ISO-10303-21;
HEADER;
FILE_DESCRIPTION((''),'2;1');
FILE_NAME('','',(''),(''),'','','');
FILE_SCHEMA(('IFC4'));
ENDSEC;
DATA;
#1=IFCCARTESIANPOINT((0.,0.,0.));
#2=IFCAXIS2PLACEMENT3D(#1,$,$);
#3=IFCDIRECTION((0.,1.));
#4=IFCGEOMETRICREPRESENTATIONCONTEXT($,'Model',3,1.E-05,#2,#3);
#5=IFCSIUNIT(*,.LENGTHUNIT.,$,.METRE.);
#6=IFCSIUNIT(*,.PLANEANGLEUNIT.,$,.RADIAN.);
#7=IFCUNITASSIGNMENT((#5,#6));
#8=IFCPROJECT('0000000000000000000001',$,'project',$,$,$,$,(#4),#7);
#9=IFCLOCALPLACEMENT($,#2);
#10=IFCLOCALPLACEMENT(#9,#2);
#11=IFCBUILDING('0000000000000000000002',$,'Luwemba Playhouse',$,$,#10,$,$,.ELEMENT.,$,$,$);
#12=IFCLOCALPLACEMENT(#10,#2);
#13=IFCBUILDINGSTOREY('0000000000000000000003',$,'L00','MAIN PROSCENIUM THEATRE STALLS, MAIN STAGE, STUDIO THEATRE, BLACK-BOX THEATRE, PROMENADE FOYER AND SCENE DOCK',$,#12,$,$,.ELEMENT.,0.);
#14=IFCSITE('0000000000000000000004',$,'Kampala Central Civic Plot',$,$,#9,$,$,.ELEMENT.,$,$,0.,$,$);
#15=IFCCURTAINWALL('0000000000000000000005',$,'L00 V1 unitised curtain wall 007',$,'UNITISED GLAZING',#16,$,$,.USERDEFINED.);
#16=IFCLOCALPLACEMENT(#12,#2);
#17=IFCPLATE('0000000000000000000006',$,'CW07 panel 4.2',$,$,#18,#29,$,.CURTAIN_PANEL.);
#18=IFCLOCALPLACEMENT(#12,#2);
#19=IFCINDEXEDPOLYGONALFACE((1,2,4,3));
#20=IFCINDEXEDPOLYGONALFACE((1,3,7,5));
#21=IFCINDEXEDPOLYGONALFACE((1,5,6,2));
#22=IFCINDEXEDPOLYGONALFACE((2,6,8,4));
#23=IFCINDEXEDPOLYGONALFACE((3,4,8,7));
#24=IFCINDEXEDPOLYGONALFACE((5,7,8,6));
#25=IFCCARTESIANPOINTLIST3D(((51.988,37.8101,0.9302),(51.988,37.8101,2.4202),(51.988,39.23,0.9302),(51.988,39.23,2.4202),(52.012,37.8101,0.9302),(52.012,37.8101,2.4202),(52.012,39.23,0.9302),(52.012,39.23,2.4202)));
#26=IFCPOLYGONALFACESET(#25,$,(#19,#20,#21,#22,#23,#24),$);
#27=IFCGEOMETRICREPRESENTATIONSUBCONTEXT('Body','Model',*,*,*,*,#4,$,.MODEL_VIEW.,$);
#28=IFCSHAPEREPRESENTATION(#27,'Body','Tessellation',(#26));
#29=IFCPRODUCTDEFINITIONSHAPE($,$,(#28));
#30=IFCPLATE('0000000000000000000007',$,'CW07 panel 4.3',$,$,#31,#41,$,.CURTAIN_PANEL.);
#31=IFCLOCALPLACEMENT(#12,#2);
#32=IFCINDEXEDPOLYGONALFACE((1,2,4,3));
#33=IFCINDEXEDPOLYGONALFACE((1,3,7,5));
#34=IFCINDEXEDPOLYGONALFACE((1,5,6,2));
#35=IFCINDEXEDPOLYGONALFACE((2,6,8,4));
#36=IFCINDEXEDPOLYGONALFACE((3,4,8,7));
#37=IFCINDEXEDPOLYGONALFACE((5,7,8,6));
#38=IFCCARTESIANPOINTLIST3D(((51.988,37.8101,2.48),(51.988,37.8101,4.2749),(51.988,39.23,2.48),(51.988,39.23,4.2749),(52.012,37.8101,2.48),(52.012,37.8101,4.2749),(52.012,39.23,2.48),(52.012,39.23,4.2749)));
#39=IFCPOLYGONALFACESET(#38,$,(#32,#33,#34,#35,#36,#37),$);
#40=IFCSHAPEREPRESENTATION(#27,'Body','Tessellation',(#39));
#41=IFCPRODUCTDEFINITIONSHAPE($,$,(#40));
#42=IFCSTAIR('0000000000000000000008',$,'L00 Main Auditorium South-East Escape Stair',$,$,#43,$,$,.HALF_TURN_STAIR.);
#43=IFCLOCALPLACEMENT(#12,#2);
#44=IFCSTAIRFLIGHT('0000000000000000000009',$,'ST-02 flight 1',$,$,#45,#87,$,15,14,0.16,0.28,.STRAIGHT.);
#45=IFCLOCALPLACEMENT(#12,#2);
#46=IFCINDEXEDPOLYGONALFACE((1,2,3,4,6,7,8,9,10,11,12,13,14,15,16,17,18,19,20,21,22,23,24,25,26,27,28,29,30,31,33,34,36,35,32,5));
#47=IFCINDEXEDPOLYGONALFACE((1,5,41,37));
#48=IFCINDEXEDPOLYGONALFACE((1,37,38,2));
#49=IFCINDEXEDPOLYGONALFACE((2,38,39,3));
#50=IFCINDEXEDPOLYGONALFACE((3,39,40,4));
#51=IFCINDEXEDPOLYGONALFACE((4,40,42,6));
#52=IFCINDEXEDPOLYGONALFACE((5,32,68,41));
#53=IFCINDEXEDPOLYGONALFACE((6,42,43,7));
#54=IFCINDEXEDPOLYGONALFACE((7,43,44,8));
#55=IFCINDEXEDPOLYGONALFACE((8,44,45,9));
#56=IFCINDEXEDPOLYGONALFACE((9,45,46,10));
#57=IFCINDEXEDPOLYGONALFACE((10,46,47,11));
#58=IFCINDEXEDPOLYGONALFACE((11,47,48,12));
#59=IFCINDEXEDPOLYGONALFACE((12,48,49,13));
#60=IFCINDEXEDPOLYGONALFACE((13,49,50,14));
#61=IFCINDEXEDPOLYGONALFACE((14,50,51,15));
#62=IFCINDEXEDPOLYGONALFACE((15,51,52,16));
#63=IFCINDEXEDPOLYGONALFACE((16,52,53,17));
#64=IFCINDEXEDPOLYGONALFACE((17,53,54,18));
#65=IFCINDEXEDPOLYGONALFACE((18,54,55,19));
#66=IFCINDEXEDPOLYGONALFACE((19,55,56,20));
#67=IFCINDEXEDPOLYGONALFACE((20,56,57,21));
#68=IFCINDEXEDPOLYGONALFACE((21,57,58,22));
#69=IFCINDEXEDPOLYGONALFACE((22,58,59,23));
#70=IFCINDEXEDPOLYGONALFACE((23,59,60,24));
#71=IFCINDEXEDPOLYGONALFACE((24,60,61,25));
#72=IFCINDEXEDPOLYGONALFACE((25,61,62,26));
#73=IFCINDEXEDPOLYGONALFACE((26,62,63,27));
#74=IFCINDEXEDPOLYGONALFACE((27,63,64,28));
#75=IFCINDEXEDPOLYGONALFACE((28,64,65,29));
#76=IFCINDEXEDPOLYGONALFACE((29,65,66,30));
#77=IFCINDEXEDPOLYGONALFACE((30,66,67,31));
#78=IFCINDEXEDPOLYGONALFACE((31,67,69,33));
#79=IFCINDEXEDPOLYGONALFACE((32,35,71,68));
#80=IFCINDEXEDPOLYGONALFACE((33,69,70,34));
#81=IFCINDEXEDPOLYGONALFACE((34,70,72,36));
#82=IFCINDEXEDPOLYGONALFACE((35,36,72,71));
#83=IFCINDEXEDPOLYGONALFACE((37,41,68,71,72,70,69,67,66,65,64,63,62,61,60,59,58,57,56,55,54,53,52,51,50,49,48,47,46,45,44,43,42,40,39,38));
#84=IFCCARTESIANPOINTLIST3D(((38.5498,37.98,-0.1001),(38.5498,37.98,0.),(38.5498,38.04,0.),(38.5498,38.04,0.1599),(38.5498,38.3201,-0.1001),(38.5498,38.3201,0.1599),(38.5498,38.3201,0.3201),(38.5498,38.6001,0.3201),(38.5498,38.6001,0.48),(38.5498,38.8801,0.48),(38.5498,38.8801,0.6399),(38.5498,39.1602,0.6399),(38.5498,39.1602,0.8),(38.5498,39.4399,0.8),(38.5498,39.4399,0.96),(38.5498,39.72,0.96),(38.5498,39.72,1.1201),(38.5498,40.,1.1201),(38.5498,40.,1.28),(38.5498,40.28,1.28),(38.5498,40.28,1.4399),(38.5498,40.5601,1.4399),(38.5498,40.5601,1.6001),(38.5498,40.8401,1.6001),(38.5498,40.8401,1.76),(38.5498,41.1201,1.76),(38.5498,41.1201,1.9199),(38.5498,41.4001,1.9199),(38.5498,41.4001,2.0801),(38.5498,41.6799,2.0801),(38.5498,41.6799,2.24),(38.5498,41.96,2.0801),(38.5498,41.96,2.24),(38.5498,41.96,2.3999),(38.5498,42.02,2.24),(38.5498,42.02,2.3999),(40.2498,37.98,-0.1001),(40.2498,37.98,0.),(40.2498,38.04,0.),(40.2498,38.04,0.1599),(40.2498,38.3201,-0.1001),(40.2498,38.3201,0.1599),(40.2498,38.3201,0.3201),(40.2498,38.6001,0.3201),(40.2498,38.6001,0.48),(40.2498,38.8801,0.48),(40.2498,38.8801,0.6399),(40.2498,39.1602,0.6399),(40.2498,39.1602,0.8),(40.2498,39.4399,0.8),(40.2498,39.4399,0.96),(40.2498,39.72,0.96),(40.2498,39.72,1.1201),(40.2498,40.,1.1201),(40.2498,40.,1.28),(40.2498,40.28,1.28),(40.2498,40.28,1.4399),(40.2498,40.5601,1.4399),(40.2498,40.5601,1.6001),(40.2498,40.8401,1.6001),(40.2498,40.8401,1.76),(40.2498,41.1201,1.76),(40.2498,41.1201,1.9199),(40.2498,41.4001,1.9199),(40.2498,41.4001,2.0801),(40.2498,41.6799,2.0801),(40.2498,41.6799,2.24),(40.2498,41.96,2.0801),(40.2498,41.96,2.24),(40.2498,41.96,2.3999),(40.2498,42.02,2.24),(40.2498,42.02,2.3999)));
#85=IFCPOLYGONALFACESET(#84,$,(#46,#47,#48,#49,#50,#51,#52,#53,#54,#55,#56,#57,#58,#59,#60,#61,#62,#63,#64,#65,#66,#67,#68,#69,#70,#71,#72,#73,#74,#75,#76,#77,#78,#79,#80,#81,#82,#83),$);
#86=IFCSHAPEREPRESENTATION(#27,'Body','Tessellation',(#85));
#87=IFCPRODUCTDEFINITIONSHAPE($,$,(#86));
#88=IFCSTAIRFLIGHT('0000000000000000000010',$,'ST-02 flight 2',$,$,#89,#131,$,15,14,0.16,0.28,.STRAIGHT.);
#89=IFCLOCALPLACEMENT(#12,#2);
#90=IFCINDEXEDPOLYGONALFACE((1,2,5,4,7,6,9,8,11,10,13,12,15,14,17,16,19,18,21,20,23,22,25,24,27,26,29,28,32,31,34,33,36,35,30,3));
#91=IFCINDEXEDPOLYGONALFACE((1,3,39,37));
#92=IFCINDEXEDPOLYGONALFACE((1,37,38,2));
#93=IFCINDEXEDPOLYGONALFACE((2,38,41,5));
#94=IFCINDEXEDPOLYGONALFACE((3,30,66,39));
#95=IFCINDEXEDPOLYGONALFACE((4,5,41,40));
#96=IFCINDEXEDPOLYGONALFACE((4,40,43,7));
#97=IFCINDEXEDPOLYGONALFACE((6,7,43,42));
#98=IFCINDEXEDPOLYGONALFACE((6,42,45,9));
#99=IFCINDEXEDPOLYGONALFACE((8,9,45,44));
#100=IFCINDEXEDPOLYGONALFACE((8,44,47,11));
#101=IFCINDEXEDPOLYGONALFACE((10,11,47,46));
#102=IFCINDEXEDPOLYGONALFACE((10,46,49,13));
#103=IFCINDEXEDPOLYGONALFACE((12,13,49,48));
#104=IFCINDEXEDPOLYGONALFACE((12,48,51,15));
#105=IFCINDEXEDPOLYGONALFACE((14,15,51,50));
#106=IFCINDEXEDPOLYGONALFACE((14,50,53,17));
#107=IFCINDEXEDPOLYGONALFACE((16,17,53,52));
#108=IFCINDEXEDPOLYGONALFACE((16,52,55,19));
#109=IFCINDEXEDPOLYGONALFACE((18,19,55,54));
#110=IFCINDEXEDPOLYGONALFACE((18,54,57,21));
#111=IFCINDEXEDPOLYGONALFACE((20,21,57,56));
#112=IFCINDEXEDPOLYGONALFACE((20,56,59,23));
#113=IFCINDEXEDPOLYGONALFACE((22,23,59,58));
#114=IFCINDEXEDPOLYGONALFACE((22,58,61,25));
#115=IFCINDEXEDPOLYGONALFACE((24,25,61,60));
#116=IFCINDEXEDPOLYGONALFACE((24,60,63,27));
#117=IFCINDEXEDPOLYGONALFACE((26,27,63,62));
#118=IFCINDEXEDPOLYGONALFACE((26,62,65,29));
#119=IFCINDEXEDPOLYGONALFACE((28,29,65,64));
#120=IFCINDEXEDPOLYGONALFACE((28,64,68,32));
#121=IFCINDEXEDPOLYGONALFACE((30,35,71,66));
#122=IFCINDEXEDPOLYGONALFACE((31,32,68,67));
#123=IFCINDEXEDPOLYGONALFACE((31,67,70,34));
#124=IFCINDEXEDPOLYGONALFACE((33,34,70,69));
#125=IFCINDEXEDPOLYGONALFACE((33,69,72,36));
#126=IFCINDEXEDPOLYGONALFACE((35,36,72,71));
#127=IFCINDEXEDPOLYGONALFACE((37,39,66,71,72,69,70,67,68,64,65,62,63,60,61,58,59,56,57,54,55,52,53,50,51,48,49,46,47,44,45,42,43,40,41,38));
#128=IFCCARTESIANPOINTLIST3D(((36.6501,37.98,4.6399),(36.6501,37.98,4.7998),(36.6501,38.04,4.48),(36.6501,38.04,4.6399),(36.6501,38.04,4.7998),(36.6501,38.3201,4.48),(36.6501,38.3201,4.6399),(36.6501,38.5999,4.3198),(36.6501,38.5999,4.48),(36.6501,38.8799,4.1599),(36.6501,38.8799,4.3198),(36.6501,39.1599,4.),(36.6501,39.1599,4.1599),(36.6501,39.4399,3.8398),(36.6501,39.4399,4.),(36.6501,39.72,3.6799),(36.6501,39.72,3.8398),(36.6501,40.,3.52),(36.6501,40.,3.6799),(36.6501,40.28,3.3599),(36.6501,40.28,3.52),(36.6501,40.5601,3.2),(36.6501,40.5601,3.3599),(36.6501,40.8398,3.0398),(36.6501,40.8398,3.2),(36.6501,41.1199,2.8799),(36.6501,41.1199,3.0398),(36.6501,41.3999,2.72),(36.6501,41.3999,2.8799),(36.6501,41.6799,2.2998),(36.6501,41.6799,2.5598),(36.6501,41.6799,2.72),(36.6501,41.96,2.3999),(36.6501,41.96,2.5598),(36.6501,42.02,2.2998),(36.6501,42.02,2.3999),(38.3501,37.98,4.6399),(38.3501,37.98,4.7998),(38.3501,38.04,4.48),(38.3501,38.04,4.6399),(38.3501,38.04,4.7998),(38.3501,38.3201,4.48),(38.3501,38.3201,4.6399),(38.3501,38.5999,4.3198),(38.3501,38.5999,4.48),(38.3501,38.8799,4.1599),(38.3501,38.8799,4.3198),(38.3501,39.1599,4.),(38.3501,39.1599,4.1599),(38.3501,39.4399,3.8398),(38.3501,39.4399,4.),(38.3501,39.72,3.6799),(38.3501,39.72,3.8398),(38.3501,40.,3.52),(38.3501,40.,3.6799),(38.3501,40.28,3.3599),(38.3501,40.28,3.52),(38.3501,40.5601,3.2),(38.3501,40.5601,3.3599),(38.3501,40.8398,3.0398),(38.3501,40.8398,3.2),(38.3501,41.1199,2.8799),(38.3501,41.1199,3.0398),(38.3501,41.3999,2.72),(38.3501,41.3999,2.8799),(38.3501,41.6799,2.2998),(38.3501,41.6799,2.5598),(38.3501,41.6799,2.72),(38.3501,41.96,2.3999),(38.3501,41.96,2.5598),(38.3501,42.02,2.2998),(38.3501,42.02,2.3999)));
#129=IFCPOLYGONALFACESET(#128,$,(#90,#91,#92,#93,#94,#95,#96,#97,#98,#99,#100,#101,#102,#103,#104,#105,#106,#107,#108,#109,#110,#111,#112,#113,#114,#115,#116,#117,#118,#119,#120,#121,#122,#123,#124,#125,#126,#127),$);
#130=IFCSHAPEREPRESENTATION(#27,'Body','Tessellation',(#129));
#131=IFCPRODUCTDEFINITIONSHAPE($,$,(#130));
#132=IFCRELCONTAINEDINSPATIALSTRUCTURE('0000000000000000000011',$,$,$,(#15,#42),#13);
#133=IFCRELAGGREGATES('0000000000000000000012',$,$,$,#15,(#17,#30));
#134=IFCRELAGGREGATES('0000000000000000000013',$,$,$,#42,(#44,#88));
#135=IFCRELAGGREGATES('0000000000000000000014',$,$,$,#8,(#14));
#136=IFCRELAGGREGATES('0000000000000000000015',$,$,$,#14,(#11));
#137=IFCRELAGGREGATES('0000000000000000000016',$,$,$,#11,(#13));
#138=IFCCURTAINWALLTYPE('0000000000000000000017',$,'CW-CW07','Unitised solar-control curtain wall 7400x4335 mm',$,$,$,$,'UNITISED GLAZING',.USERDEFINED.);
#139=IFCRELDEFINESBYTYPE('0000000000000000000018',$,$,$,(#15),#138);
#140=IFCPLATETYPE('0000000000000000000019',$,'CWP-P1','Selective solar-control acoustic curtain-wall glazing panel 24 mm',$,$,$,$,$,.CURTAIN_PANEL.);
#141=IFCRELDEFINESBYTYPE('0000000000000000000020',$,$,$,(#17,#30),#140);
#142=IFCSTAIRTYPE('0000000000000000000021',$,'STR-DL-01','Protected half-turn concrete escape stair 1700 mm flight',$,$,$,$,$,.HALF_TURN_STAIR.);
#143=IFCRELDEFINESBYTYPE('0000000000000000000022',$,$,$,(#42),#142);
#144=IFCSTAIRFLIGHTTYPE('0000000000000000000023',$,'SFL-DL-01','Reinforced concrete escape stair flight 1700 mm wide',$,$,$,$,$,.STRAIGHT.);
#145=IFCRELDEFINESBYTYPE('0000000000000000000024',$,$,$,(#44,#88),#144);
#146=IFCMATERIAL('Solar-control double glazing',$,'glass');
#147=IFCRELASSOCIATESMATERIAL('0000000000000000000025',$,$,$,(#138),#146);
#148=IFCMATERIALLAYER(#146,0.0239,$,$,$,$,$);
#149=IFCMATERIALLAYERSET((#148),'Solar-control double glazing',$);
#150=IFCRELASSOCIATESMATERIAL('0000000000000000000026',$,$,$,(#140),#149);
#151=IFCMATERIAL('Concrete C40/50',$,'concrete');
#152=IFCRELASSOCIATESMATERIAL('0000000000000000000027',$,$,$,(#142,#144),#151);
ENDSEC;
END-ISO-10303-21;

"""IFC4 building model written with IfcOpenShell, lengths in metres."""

from ifc_helpers import new_model, si_unit, direction, frame, origin, origin_2d, place, context, subcontext, project, spatial, polyline, rectangle, outline, extrude, material, layer, layer_set, type_object, element, aggregate, save


model = new_model("IFC4")

# Units and contexts
model_context = context("Model", 3, precision=1e-05, world=origin(), true_north=direction((0.0, 1.0)))
body_context = subcontext(model_context, "Body", "Model", "MODEL_VIEW")
ifc_project = project(units=[si_unit("LENGTHUNIT", "METRE"), si_unit("PLANEANGLEUNIT", "RADIAN")], contexts=[model_context])

# Site, building, storey
site_placement = place(None, origin())
site = spatial("IfcSite", under=ifc_project, at=site_placement, Name="Kampala Central Civic Plot", CompositionType="ELEMENT", RefElevation=0.0)
building_placement = place(site_placement, origin())
building = spatial("IfcBuilding", under=site, at=building_placement, Name="Luwemba Playhouse", CompositionType="ELEMENT")
storey_placement = place(building_placement, origin())
storey = spatial("IfcBuildingStorey", under=building, at=storey_placement, Name="L00", Description="MAIN PROSCENIUM THEATRE STALLS, MAIN STAGE, STUDIO THEATRE, BLACK-BOX THEATRE, PROMENADE FOYER AND SCENE DOCK", CompositionType="ELEMENT", Elevation=0.0)

# Curtain wall, plates
ifc_material_1 = material(Name="Solar-control double glazing", Category="glass")
curtain_wall_type = type_object("IfcCurtainWallType", Name="CW-CW07", Description="Unitised solar-control curtain wall 7400x4335 mm", ElementType="UNITISED GLAZING", PredefinedType="USERDEFINED", material=ifc_material_1)
curtain_wall_placement = place(storey_placement, origin())
curtain_wall = element("IfcCurtainWall", 1, at=curtain_wall_placement, inside=storey, type_object=curtain_wall_type, Name="L00 V1 unitised curtain wall 007", ObjectType="UNITISED GLAZING", PredefinedType="USERDEFINED")
ifc_layer_1 = layer(ifc_material_1, 0.0239)
ifc_layer_set_1 = layer_set([ifc_layer_1], Name="Solar-control double glazing")
plate_type = type_object("IfcPlateType", Name="CWP-P1", Description="Selective solar-control acoustic curtain-wall glazing panel 24 mm", PredefinedType="CURTAIN_PANEL", material=ifc_layer_set_1)
plate_1_placement = place(storey_placement, frame((52.0, 38.52, 0.9302), z_axis=(0.0, 0.0, 1.0), x_axis=(0.0, -1.0, 0.0)))
plate_1 = element("IfcPlate", 2, at=plate_1_placement, type_object=plate_type, Name="CW07 panel 4.2", PredefinedType="CURTAIN_PANEL", context=body_context, shape_type="SweptSolid", body=[
    extrude(rectangle(XDim=1.4199, YDim=0.0239, at=origin_2d()), origin(), (0.0, 0.0, 1.0), 1.49),
])
plate_2_placement = place(storey_placement, frame((52.0, 38.52, 2.48), z_axis=(0.0, 0.0, 1.0), x_axis=(0.0, -1.0, 0.0)))
plate_2 = element("IfcPlate", 3, at=plate_2_placement, type_object=plate_type, Name="CW07 panel 4.3", PredefinedType="CURTAIN_PANEL", context=body_context, shape_type="SweptSolid", body=[
    extrude(rectangle(XDim=1.4199, YDim=0.0239, at=origin_2d()), origin(), (0.0, 0.0, 1.0), 1.7949),
])
aggregate(curtain_wall, [plate_1, plate_2])

# Shared definitions
ifc_material_2 = material(Name="Concrete C40/50", Category="concrete")

# Stair, stair flights
stair_type = type_object("IfcStairType", Name="STR-DL-01", Description="Protected half-turn concrete escape stair 1700 mm flight", PredefinedType="HALF_TURN_STAIR", material=ifc_material_2)
stair_placement = place(storey_placement, origin())
stair = element("IfcStair", 4, at=stair_placement, inside=storey, type_object=stair_type, Name="L00 Main Auditorium South-East Escape Stair", PredefinedType="HALF_TURN_STAIR")
stair_flight_type = type_object("IfcStairFlightType", Name="SFL-DL-01", Description="Reinforced concrete escape stair flight 1700 mm wide", PredefinedType="STRAIGHT", material=ifc_material_2)
stair_flight_1_placement = place(storey_placement, frame((39.3999, 38.04, 0.0), z_axis=(0.0, 0.0, 1.0), x_axis=(0.0, 1.0, 0.0)))
stair_flight_1 = element("IfcStairFlight", 5, at=stair_flight_1_placement, type_object=stair_flight_type, Name="ST-02 flight 1", NumberOfRisers=15, NumberOfTreads=14, PredefinedType="STRAIGHT", RiserHeight=0.16, TreadLength=0.28, context=body_context, shape_type="SweptSolid", body=[
    extrude(outline(polyline([(-0.0601, -0.1001), (-0.0601, 0.0), (0.0, 0.0), (0.0, 0.1599), (0.28, 0.1599), (0.28, 0.3201), (0.5601, 0.3201), (0.5601, 0.48), (0.8401, 0.48), (0.8401, 0.6399), (1.1201, 0.6399), (1.1201, 0.8), (1.3999, 0.8), (1.3999, 0.96), (1.6799, 0.96), (1.6799, 1.1201), (1.96, 1.1201), (1.96, 1.28), (2.24, 1.28), (2.24, 1.4399), (2.52, 1.4399), (2.52, 1.6001), (2.8, 1.6001), (2.8, 1.76), (3.0801, 1.76), (3.0801, 1.9199), (3.3601, 1.9199), (3.3601, 2.0801), (3.6399, 2.0801), (3.6399, 2.24), (3.9199, 2.24), (3.9199, 2.3999), (3.98, 2.3999), (3.98, 2.24), (3.9199, 2.0801), (0.28, -0.1001), (-0.0601, -0.1001)])), frame((0.0, 0.8501, 0.0), z_axis=(0.0, -1.0, 0.0), x_axis=(1.0, 0.0, 0.0)), (0.0, 0.0, 1.0), 1.7),
])
stair_flight_2_placement = place(storey_placement, frame((37.5, 41.96, 2.3999), z_axis=(0.0, 0.0, 1.0), x_axis=(0.0, -1.0, 0.0)))
stair_flight_2 = element("IfcStairFlight", 6, at=stair_flight_2_placement, type_object=stair_flight_type, Name="ST-02 flight 2", NumberOfRisers=15, NumberOfTreads=14, PredefinedType="STRAIGHT", RiserHeight=0.16, TreadLength=0.28, context=body_context, shape_type="SweptSolid", body=[
    extrude(outline(polyline([(-0.0601, -0.1001), (-0.0601, 0.0), (0.0, 0.0), (0.0, 0.1599), (0.28, 0.1599), (0.28, 0.3201), (0.5601, 0.3201), (0.5601, 0.48), (0.8401, 0.48), (0.8401, 0.6399), (1.1201, 0.6399), (1.1201, 0.8), (1.3999, 0.8), (1.3999, 0.96), (1.6799, 0.96), (1.6799, 1.1201), (1.96, 1.1201), (1.96, 1.28), (2.24, 1.28), (2.24, 1.4399), (2.52, 1.4399), (2.52, 1.6001), (2.8, 1.6001), (2.8, 1.76), (3.0801, 1.76), (3.0801, 1.9199), (3.3601, 1.9199), (3.3601, 2.0801), (3.6399, 2.0801), (3.6399, 2.24), (3.9199, 2.24), (3.9199, 2.3999), (3.98, 2.3999), (3.98, 2.24), (3.9199, 2.0801), (0.28, -0.1001), (-0.0601, -0.1001)])), frame((0.0, 0.8501, 0.0), z_axis=(0.0, -1.0, 0.0), x_axis=(1.0, 0.0, 0.0)), (0.0, 0.0, 1.0), 1.7),
])
aggregate(stair, [stair_flight_1, stair_flight_2])

save(model, "model.ifc")
